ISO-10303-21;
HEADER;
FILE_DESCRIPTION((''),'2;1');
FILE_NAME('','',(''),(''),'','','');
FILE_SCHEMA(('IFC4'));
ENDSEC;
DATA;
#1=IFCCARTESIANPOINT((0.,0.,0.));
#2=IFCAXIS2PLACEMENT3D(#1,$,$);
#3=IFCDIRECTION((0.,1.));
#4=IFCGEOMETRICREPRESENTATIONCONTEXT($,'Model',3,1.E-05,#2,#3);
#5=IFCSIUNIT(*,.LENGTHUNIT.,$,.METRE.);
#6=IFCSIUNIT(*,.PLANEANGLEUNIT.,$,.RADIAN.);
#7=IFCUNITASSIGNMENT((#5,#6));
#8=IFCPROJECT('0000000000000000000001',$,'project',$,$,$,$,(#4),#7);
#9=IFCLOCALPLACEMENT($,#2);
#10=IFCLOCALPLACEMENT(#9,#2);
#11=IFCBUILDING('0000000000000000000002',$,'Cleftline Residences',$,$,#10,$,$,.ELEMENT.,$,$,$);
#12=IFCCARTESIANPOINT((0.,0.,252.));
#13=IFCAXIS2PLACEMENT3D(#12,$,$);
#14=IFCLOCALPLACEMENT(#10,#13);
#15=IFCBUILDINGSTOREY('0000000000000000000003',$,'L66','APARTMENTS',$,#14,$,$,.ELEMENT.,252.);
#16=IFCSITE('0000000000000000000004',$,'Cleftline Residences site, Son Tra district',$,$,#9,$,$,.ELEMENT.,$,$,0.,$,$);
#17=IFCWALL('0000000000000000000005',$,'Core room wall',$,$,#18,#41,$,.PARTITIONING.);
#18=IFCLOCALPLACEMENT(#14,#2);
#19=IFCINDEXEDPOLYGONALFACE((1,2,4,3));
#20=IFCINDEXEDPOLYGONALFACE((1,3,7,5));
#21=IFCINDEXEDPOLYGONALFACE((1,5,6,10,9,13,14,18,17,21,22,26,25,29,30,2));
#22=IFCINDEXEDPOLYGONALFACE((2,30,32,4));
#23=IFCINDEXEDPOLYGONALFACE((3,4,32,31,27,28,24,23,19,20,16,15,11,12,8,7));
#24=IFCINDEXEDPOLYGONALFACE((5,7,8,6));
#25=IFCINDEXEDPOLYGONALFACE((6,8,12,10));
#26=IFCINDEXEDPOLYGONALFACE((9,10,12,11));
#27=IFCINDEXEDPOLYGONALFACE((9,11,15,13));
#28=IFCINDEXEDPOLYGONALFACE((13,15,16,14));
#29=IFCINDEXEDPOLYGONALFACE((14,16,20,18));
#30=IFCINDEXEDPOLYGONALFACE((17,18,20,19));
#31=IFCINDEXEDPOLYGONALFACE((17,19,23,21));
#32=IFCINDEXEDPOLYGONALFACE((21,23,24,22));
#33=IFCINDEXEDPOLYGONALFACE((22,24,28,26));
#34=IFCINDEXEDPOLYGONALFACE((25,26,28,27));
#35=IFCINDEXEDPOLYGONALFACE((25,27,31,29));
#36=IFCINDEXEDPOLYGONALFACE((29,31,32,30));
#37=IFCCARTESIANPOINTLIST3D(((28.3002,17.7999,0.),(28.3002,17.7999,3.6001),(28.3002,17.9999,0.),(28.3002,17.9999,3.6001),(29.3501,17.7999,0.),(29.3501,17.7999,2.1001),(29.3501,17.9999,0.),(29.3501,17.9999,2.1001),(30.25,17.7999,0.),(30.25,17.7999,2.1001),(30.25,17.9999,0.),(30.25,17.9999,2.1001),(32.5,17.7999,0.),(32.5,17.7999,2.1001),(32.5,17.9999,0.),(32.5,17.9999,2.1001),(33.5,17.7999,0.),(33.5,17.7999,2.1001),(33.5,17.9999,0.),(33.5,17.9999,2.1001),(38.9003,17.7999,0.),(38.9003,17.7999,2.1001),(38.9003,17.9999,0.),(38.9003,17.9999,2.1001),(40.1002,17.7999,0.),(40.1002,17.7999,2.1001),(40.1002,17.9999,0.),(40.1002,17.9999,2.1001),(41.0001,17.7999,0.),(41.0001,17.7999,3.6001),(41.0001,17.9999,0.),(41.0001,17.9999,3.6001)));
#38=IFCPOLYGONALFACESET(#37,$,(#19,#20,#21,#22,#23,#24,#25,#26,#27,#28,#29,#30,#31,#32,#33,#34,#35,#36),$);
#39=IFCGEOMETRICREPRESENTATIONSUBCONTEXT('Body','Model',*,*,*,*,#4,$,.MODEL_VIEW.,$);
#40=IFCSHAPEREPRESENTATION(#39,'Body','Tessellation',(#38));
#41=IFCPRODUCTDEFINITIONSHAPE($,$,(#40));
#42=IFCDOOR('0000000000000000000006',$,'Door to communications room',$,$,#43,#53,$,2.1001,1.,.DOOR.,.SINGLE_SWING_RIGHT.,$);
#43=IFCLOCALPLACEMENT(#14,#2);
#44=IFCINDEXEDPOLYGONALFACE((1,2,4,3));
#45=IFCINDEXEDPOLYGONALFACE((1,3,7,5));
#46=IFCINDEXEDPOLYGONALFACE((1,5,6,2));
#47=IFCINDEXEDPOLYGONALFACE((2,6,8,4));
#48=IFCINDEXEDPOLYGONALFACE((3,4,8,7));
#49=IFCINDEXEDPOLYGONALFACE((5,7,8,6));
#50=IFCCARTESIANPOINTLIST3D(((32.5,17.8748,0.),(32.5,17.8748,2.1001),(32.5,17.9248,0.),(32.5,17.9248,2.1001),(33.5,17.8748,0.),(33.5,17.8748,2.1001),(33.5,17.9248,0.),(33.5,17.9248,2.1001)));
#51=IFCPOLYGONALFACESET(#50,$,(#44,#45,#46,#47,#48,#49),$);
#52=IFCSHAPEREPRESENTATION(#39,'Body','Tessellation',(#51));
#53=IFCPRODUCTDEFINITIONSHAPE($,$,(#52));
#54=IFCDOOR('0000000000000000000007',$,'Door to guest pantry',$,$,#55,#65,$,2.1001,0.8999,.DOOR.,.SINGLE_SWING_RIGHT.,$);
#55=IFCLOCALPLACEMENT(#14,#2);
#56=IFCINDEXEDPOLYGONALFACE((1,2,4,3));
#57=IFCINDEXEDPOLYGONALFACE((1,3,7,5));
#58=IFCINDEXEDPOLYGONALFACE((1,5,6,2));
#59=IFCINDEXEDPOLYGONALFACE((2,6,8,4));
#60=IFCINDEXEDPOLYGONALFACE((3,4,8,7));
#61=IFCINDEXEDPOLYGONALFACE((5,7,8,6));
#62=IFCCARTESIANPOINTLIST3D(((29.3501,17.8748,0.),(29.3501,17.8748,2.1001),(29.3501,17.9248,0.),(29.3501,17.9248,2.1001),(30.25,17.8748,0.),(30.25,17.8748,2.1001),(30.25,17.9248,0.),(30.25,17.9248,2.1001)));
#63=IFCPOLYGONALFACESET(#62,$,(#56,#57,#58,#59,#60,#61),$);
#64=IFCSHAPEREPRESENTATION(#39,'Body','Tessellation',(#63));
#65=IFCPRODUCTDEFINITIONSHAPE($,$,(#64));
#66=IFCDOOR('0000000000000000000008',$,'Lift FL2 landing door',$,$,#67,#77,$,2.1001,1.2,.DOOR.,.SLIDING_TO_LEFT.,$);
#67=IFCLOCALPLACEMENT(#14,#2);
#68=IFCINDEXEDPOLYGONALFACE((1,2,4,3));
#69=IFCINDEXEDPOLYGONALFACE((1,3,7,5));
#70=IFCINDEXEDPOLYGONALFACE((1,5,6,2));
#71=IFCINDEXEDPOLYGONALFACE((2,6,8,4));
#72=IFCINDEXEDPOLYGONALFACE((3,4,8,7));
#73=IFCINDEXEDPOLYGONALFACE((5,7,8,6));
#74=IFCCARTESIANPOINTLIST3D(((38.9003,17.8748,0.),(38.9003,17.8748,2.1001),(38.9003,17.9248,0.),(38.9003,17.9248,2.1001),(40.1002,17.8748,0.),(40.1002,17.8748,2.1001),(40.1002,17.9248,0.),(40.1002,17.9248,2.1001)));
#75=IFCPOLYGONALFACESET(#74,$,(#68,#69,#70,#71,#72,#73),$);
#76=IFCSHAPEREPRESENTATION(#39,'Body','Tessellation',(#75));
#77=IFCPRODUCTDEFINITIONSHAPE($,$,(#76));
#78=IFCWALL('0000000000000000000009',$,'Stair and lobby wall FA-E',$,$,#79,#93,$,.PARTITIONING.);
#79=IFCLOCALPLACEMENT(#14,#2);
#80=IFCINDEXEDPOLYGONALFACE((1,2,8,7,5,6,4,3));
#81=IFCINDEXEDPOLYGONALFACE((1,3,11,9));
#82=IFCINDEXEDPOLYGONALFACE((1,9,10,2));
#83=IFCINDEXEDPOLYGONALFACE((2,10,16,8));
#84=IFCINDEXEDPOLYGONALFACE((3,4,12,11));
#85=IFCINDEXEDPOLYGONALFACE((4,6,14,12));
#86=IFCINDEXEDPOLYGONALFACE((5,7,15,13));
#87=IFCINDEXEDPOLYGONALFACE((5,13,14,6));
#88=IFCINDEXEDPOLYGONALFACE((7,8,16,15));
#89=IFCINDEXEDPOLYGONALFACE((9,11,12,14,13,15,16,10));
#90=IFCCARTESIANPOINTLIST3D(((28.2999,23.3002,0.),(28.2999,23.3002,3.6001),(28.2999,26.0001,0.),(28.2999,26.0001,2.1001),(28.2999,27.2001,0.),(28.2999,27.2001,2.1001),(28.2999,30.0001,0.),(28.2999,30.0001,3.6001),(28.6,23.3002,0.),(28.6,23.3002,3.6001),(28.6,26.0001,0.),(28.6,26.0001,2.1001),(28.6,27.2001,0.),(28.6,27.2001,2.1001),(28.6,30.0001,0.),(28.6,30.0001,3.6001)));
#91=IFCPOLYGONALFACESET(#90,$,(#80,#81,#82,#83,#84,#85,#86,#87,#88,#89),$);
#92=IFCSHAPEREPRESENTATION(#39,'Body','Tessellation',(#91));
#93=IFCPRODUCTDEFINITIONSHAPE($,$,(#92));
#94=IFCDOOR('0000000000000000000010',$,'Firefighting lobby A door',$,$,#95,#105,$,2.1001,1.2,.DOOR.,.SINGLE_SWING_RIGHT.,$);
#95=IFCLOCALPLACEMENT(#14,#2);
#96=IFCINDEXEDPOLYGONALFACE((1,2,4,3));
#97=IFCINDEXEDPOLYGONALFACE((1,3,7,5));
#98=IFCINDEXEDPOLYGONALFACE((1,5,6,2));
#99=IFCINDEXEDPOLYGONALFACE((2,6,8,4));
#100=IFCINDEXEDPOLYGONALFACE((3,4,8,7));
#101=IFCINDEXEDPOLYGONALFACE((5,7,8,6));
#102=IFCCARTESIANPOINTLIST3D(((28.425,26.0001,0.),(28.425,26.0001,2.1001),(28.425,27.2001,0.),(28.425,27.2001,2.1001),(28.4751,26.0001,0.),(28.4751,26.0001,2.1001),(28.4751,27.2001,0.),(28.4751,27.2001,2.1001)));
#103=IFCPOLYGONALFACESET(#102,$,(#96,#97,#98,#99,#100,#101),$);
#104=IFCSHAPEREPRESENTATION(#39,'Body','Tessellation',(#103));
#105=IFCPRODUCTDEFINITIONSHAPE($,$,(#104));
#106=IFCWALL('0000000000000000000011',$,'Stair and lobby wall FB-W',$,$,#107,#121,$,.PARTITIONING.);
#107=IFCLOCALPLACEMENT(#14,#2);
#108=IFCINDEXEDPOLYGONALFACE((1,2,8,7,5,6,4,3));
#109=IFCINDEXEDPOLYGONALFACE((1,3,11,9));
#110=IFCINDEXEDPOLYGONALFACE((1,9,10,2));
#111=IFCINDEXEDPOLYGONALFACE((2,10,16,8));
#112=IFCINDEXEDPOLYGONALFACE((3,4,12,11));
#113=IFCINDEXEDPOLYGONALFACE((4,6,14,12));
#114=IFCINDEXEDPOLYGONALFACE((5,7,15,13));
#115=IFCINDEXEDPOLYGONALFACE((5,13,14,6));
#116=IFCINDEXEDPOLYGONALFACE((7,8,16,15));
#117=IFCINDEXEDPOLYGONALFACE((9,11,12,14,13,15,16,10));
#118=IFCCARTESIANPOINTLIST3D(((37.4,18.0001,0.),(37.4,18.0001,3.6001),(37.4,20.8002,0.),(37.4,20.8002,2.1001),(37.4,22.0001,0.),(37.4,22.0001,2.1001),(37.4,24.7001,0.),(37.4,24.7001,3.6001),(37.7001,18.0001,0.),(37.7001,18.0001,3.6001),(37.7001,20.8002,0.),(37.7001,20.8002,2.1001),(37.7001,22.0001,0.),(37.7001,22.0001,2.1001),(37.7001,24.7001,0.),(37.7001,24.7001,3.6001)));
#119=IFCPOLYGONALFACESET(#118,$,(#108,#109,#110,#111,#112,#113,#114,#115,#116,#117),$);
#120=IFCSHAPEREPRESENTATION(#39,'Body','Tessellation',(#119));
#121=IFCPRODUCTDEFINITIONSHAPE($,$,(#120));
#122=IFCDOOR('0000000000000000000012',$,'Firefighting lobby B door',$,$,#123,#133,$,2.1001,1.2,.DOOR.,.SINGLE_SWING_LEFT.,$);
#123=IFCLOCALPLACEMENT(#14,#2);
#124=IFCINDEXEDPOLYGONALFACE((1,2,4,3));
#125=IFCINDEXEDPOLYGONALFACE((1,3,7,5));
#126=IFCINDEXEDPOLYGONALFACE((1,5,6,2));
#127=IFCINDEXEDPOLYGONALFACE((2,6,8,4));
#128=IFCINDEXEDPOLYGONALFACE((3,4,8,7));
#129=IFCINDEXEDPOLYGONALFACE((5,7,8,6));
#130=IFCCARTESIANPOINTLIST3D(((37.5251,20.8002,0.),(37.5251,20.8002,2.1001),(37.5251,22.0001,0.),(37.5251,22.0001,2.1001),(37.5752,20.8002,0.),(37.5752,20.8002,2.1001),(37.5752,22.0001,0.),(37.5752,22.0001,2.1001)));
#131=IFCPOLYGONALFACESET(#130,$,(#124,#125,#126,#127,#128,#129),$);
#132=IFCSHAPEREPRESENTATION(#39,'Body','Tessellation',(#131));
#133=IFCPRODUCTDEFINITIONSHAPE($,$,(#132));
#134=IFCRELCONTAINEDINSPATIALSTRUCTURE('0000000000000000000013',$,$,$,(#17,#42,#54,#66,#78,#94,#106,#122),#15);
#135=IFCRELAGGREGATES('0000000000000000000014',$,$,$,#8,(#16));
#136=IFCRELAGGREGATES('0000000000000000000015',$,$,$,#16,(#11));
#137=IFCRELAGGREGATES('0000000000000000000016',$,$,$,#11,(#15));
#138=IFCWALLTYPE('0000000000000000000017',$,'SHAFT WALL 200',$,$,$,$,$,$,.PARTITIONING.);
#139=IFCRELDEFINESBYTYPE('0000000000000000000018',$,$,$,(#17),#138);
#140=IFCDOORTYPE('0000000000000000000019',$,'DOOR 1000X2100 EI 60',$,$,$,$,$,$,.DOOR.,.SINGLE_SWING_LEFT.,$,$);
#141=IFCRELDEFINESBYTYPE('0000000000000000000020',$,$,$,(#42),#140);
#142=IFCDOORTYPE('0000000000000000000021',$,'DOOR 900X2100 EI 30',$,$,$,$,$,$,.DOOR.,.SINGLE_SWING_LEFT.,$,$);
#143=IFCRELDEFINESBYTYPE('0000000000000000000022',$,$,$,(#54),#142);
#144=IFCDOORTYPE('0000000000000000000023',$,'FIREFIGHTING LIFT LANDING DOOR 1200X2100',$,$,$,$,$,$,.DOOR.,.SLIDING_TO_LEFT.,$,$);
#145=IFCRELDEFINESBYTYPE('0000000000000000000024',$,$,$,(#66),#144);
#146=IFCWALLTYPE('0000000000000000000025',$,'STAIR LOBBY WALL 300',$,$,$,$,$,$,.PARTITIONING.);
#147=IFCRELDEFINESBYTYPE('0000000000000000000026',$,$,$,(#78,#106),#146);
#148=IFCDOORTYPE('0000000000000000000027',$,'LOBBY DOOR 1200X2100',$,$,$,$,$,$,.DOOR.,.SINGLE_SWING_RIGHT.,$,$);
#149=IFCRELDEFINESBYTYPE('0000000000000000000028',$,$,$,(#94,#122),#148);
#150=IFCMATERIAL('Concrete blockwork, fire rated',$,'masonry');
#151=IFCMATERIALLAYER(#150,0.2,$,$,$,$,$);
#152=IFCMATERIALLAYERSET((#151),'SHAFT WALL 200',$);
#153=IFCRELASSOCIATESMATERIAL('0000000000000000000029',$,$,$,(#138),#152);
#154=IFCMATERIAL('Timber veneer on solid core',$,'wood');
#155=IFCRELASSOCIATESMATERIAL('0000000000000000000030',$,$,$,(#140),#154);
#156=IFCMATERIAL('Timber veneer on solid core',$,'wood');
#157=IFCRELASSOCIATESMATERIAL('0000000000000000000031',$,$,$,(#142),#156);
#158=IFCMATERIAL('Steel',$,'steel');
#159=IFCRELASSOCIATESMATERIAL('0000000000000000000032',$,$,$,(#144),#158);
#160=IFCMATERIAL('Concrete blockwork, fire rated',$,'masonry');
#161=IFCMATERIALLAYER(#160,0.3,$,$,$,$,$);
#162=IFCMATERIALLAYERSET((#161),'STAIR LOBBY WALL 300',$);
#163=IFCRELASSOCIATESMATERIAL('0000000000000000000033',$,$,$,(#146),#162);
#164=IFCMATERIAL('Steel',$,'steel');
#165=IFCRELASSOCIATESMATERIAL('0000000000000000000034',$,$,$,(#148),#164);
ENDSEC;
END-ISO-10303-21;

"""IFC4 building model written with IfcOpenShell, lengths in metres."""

from ifc_helpers import new_model, si_unit, direction, frame, frame_2d, origin, place, context, subcontext, project, spatial, rectangle, extrude, material, layer, layer_set, type_object, element, fill, save


model = new_model("IFC4")

# Units and contexts
model_context = context("Model", 3, precision=1e-05, world=origin(), true_north=direction((0.0, 1.0)))
body_context = subcontext(model_context, "Body", "Model", "MODEL_VIEW")
ifc_project = project(units=[si_unit("LENGTHUNIT", "METRE"), si_unit("PLANEANGLEUNIT", "RADIAN")], contexts=[model_context])

# Site, building, storey
site_placement = place(None, origin())
site = spatial("IfcSite", under=ifc_project, at=site_placement, Name="Cleftline Residences site, Son Tra district", CompositionType="ELEMENT", RefElevation=0.0)
building_placement = place(site_placement, origin())
building = spatial("IfcBuilding", under=site, at=building_placement, Name="Cleftline Residences", CompositionType="ELEMENT")
storey_placement = place(building_placement, frame((0.0, 0.0, 252.0)))
storey = spatial("IfcBuildingStorey", under=building, at=storey_placement, Name="L66", Description="APARTMENTS", CompositionType="ELEMENT", Elevation=252.0)

# Wall, openings, doors
ifc_material_1 = material(Name="Concrete blockwork, fire rated", Category="masonry")
ifc_layer_1 = layer(ifc_material_1, 0.2)
ifc_layer_set_1 = layer_set([ifc_layer_1], Name="SHAFT WALL 200")
wall_type_1 = type_object("IfcWallType", Name="SHAFT WALL 200", PredefinedType="PARTITIONING", material=ifc_layer_set_1)
wall_1_placement = place(storey_placement, frame((28.3, 17.8999, 0.0), z_axis=(0.0, 0.0, 1.0), x_axis=(1.0, 0.0, 0.0)))
wall_1 = element("IfcWall", 1, at=wall_1_placement, inside=storey, type_object=wall_type_1, Name="Core room wall", PredefinedType="PARTITIONING", context=body_context, shape_type="SweptSolid", body=[
    extrude(rectangle(XDim=12.7, YDim=0.2, at=frame_2d((6.3501, 0.0))), origin(), (0.0, 0.0, 1.0), 3.6001),
])
opening_1_placement = place(wall_1_placement, frame((1.05, 0.0, 0.0)))
opening_1 = element("IfcOpeningElement", 2, at=opening_1_placement, cuts=wall_1, PredefinedType="OPENING", context=body_context, shape_type="SweptSolid", body=[
    extrude(rectangle(XDim=0.8999, YDim=2.1001, at=frame_2d((0.45, 1.05))), frame((0.0, 0.1099, 0.0), z_axis=(0.0, -1.0, 0.0), x_axis=(1.0, 0.0, 0.0)), (0.0, 0.0, 1.0), 0.22),
])
opening_2_placement = place(wall_1_placement, frame((4.2, 0.0, 0.0)))
opening_2 = element("IfcOpeningElement", 3, at=opening_2_placement, cuts=wall_1, PredefinedType="OPENING", context=body_context, shape_type="SweptSolid", body=[
    extrude(rectangle(XDim=1.0, YDim=2.1001, at=frame_2d((0.5, 1.05))), frame((0.0, 0.1099, 0.0), z_axis=(0.0, -1.0, 0.0), x_axis=(1.0, 0.0, 0.0)), (0.0, 0.0, 1.0), 0.22),
])
opening_3_placement = place(wall_1_placement, frame((10.6001, 0.0, 0.0)))
opening_3 = element("IfcOpeningElement", 4, at=opening_3_placement, cuts=wall_1, PredefinedType="OPENING", context=body_context, shape_type="SweptSolid", body=[
    extrude(rectangle(XDim=1.2, YDim=2.1001, at=frame_2d((0.6001, 1.05))), frame((0.0, 0.1099, 0.0), z_axis=(0.0, -1.0, 0.0), x_axis=(1.0, 0.0, 0.0)), (0.0, 0.0, 1.0), 0.22),
])
ifc_material_2 = material(Name="Timber veneer on solid core", Category="wood")
door_type_1 = type_object("IfcDoorType", Name="DOOR 1000X2100 EI 60", OperationType="SINGLE_SWING_LEFT", PredefinedType="DOOR", material=ifc_material_2)
door_1_placement = place(opening_2_placement, origin())
door_1 = element("IfcDoor", 5, at=door_1_placement, inside=storey, type_object=door_type_1, Name="Door to communications room", OperationType="SINGLE_SWING_RIGHT", OverallHeight=2.1001, OverallWidth=1.0, PredefinedType="DOOR", context=body_context, shape_type="SweptSolid", body=[
    extrude(rectangle(XDim=1.0, YDim=2.1001, at=frame_2d((0.5, 1.05))), frame((0.0, 0.0249, 0.0), z_axis=(0.0, -1.0, 0.0), x_axis=(1.0, 0.0, 0.0)), (0.0, 0.0, 1.0), 0.05),
])
fill(opening_2, door_1)
ifc_material_3 = material(Name="Timber veneer on solid core", Category="wood")
door_type_2 = type_object("IfcDoorType", Name="DOOR 900X2100 EI 30", OperationType="SINGLE_SWING_LEFT", PredefinedType="DOOR", material=ifc_material_3)
door_2_placement = place(opening_1_placement, origin())
door_2 = element("IfcDoor", 6, at=door_2_placement, inside=storey, type_object=door_type_2, Name="Door to guest pantry", OperationType="SINGLE_SWING_RIGHT", OverallHeight=2.1001, OverallWidth=0.8999, PredefinedType="DOOR", context=body_context, shape_type="SweptSolid", body=[
    extrude(rectangle(XDim=0.8999, YDim=2.1001, at=frame_2d((0.45, 1.05))), frame((0.0, 0.0249, 0.0), z_axis=(0.0, -1.0, 0.0), x_axis=(1.0, 0.0, 0.0)), (0.0, 0.0, 1.0), 0.05),
])
fill(opening_1, door_2)
ifc_material_4 = material(Name="Steel", Category="steel")
door_type_3 = type_object("IfcDoorType", Name="FIREFIGHTING LIFT LANDING DOOR 1200X2100", OperationType="SLIDING_TO_LEFT", PredefinedType="DOOR", material=ifc_material_4)
door_3_placement = place(opening_3_placement, origin())
door_3 = element("IfcDoor", 7, at=door_3_placement, inside=storey, type_object=door_type_3, Name="Lift FL2 landing door", OperationType="SLIDING_TO_LEFT", OverallHeight=2.1001, OverallWidth=1.2, PredefinedType="DOOR", context=body_context, shape_type="SweptSolid", body=[
    extrude(rectangle(XDim=1.2, YDim=2.1001, at=frame_2d((0.6001, 1.05))), frame((0.0, 0.0249, 0.0), z_axis=(0.0, -1.0, 0.0), x_axis=(1.0, 0.0, 0.0)), (0.0, 0.0, 1.0), 0.05),
])
fill(opening_3, door_3)

# Walls, openings, doors
ifc_material_5 = material(Name="Concrete blockwork, fire rated", Category="masonry")
ifc_layer_2 = layer(ifc_material_5, 0.3)
ifc_layer_set_2 = layer_set([ifc_layer_2], Name="STAIR LOBBY WALL 300")
wall_type_2 = type_object("IfcWallType", Name="STAIR LOBBY WALL 300", PredefinedType="PARTITIONING", material=ifc_layer_set_2)
wall_2_placement = place(storey_placement, frame((28.45, 23.3, 0.0), z_axis=(0.0, 0.0, 1.0), x_axis=(0.0, 1.0, 0.0)))
wall_2 = element("IfcWall", 8, at=wall_2_placement, inside=storey, type_object=wall_type_2, Name="Stair and lobby wall FA-E", PredefinedType="PARTITIONING", context=body_context, shape_type="SweptSolid", body=[
    extrude(rectangle(XDim=6.7, YDim=0.3, at=frame_2d((3.3501, 0.0))), origin(), (0.0, 0.0, 1.0), 3.6001),
])
opening_4_placement = place(wall_2_placement, frame((2.7, 0.0, 0.0)))
opening_4 = element("IfcOpeningElement", 9, at=opening_4_placement, cuts=wall_2, PredefinedType="OPENING", context=body_context, shape_type="SweptSolid", body=[
    extrude(rectangle(XDim=1.2, YDim=2.1001, at=frame_2d((0.6001, 1.05))), frame((0.0, 0.1599, 0.0), z_axis=(0.0, -1.0, 0.0), x_axis=(1.0, 0.0, 0.0)), (0.0, 0.0, 1.0), 0.3201),
])
ifc_material_6 = material(Name="Steel", Category="steel")
door_type_4 = type_object("IfcDoorType", Name="LOBBY DOOR 1200X2100", OperationType="SINGLE_SWING_RIGHT", PredefinedType="DOOR", material=ifc_material_6)
door_4_placement = place(opening_4_placement, origin())
door_4 = element("IfcDoor", 10, at=door_4_placement, inside=storey, type_object=door_type_4, Name="Firefighting lobby A door", OperationType="SINGLE_SWING_RIGHT", OverallHeight=2.1001, OverallWidth=1.2, PredefinedType="DOOR", context=body_context, shape_type="SweptSolid", body=[
    extrude(rectangle(XDim=1.2, YDim=2.1001, at=frame_2d((0.6001, 1.05))), frame((0.0, 0.0249, 0.0), z_axis=(0.0, -1.0, 0.0), x_axis=(1.0, 0.0, 0.0)), (0.0, 0.0, 1.0), 0.05),
])
fill(opening_4, door_4)
wall_3_placement = place(storey_placement, frame((37.55, 18.0, 0.0), z_axis=(0.0, 0.0, 1.0), x_axis=(0.0, 1.0, 0.0)))
wall_3 = element("IfcWall", 11, at=wall_3_placement, inside=storey, type_object=wall_type_2, Name="Stair and lobby wall FB-W", PredefinedType="PARTITIONING", context=body_context, shape_type="SweptSolid", body=[
    extrude(rectangle(XDim=6.7, YDim=0.3, at=frame_2d((3.3501, 0.0))), origin(), (0.0, 0.0, 1.0), 3.6001),
])
opening_5_placement = place(wall_3_placement, frame((2.8, 0.0, 0.0)))
opening_5 = element("IfcOpeningElement", 12, at=opening_5_placement, cuts=wall_3, PredefinedType="OPENING", context=body_context, shape_type="SweptSolid", body=[
    extrude(rectangle(XDim=1.2, YDim=2.1001, at=frame_2d((0.6001, 1.05))), frame((0.0, 0.1599, 0.0), z_axis=(0.0, -1.0, 0.0), x_axis=(1.0, 0.0, 0.0)), (0.0, 0.0, 1.0), 0.3201),
])
door_5_placement = place(opening_5_placement, origin())
door_5 = element("IfcDoor", 13, at=door_5_placement, inside=storey, type_object=door_type_4, Name="Firefighting lobby B door", OperationType="SINGLE_SWING_LEFT", OverallHeight=2.1001, OverallWidth=1.2, PredefinedType="DOOR", context=body_context, shape_type="SweptSolid", body=[
    extrude(rectangle(XDim=1.2, YDim=2.1001, at=frame_2d((0.6001, 1.05))), frame((0.0, 0.0249, 0.0), z_axis=(0.0, -1.0, 0.0), x_axis=(1.0, 0.0, 0.0)), (0.0, 0.0, 1.0), 0.05),
])
fill(opening_5, door_5)

save(model, "model.ifc")
